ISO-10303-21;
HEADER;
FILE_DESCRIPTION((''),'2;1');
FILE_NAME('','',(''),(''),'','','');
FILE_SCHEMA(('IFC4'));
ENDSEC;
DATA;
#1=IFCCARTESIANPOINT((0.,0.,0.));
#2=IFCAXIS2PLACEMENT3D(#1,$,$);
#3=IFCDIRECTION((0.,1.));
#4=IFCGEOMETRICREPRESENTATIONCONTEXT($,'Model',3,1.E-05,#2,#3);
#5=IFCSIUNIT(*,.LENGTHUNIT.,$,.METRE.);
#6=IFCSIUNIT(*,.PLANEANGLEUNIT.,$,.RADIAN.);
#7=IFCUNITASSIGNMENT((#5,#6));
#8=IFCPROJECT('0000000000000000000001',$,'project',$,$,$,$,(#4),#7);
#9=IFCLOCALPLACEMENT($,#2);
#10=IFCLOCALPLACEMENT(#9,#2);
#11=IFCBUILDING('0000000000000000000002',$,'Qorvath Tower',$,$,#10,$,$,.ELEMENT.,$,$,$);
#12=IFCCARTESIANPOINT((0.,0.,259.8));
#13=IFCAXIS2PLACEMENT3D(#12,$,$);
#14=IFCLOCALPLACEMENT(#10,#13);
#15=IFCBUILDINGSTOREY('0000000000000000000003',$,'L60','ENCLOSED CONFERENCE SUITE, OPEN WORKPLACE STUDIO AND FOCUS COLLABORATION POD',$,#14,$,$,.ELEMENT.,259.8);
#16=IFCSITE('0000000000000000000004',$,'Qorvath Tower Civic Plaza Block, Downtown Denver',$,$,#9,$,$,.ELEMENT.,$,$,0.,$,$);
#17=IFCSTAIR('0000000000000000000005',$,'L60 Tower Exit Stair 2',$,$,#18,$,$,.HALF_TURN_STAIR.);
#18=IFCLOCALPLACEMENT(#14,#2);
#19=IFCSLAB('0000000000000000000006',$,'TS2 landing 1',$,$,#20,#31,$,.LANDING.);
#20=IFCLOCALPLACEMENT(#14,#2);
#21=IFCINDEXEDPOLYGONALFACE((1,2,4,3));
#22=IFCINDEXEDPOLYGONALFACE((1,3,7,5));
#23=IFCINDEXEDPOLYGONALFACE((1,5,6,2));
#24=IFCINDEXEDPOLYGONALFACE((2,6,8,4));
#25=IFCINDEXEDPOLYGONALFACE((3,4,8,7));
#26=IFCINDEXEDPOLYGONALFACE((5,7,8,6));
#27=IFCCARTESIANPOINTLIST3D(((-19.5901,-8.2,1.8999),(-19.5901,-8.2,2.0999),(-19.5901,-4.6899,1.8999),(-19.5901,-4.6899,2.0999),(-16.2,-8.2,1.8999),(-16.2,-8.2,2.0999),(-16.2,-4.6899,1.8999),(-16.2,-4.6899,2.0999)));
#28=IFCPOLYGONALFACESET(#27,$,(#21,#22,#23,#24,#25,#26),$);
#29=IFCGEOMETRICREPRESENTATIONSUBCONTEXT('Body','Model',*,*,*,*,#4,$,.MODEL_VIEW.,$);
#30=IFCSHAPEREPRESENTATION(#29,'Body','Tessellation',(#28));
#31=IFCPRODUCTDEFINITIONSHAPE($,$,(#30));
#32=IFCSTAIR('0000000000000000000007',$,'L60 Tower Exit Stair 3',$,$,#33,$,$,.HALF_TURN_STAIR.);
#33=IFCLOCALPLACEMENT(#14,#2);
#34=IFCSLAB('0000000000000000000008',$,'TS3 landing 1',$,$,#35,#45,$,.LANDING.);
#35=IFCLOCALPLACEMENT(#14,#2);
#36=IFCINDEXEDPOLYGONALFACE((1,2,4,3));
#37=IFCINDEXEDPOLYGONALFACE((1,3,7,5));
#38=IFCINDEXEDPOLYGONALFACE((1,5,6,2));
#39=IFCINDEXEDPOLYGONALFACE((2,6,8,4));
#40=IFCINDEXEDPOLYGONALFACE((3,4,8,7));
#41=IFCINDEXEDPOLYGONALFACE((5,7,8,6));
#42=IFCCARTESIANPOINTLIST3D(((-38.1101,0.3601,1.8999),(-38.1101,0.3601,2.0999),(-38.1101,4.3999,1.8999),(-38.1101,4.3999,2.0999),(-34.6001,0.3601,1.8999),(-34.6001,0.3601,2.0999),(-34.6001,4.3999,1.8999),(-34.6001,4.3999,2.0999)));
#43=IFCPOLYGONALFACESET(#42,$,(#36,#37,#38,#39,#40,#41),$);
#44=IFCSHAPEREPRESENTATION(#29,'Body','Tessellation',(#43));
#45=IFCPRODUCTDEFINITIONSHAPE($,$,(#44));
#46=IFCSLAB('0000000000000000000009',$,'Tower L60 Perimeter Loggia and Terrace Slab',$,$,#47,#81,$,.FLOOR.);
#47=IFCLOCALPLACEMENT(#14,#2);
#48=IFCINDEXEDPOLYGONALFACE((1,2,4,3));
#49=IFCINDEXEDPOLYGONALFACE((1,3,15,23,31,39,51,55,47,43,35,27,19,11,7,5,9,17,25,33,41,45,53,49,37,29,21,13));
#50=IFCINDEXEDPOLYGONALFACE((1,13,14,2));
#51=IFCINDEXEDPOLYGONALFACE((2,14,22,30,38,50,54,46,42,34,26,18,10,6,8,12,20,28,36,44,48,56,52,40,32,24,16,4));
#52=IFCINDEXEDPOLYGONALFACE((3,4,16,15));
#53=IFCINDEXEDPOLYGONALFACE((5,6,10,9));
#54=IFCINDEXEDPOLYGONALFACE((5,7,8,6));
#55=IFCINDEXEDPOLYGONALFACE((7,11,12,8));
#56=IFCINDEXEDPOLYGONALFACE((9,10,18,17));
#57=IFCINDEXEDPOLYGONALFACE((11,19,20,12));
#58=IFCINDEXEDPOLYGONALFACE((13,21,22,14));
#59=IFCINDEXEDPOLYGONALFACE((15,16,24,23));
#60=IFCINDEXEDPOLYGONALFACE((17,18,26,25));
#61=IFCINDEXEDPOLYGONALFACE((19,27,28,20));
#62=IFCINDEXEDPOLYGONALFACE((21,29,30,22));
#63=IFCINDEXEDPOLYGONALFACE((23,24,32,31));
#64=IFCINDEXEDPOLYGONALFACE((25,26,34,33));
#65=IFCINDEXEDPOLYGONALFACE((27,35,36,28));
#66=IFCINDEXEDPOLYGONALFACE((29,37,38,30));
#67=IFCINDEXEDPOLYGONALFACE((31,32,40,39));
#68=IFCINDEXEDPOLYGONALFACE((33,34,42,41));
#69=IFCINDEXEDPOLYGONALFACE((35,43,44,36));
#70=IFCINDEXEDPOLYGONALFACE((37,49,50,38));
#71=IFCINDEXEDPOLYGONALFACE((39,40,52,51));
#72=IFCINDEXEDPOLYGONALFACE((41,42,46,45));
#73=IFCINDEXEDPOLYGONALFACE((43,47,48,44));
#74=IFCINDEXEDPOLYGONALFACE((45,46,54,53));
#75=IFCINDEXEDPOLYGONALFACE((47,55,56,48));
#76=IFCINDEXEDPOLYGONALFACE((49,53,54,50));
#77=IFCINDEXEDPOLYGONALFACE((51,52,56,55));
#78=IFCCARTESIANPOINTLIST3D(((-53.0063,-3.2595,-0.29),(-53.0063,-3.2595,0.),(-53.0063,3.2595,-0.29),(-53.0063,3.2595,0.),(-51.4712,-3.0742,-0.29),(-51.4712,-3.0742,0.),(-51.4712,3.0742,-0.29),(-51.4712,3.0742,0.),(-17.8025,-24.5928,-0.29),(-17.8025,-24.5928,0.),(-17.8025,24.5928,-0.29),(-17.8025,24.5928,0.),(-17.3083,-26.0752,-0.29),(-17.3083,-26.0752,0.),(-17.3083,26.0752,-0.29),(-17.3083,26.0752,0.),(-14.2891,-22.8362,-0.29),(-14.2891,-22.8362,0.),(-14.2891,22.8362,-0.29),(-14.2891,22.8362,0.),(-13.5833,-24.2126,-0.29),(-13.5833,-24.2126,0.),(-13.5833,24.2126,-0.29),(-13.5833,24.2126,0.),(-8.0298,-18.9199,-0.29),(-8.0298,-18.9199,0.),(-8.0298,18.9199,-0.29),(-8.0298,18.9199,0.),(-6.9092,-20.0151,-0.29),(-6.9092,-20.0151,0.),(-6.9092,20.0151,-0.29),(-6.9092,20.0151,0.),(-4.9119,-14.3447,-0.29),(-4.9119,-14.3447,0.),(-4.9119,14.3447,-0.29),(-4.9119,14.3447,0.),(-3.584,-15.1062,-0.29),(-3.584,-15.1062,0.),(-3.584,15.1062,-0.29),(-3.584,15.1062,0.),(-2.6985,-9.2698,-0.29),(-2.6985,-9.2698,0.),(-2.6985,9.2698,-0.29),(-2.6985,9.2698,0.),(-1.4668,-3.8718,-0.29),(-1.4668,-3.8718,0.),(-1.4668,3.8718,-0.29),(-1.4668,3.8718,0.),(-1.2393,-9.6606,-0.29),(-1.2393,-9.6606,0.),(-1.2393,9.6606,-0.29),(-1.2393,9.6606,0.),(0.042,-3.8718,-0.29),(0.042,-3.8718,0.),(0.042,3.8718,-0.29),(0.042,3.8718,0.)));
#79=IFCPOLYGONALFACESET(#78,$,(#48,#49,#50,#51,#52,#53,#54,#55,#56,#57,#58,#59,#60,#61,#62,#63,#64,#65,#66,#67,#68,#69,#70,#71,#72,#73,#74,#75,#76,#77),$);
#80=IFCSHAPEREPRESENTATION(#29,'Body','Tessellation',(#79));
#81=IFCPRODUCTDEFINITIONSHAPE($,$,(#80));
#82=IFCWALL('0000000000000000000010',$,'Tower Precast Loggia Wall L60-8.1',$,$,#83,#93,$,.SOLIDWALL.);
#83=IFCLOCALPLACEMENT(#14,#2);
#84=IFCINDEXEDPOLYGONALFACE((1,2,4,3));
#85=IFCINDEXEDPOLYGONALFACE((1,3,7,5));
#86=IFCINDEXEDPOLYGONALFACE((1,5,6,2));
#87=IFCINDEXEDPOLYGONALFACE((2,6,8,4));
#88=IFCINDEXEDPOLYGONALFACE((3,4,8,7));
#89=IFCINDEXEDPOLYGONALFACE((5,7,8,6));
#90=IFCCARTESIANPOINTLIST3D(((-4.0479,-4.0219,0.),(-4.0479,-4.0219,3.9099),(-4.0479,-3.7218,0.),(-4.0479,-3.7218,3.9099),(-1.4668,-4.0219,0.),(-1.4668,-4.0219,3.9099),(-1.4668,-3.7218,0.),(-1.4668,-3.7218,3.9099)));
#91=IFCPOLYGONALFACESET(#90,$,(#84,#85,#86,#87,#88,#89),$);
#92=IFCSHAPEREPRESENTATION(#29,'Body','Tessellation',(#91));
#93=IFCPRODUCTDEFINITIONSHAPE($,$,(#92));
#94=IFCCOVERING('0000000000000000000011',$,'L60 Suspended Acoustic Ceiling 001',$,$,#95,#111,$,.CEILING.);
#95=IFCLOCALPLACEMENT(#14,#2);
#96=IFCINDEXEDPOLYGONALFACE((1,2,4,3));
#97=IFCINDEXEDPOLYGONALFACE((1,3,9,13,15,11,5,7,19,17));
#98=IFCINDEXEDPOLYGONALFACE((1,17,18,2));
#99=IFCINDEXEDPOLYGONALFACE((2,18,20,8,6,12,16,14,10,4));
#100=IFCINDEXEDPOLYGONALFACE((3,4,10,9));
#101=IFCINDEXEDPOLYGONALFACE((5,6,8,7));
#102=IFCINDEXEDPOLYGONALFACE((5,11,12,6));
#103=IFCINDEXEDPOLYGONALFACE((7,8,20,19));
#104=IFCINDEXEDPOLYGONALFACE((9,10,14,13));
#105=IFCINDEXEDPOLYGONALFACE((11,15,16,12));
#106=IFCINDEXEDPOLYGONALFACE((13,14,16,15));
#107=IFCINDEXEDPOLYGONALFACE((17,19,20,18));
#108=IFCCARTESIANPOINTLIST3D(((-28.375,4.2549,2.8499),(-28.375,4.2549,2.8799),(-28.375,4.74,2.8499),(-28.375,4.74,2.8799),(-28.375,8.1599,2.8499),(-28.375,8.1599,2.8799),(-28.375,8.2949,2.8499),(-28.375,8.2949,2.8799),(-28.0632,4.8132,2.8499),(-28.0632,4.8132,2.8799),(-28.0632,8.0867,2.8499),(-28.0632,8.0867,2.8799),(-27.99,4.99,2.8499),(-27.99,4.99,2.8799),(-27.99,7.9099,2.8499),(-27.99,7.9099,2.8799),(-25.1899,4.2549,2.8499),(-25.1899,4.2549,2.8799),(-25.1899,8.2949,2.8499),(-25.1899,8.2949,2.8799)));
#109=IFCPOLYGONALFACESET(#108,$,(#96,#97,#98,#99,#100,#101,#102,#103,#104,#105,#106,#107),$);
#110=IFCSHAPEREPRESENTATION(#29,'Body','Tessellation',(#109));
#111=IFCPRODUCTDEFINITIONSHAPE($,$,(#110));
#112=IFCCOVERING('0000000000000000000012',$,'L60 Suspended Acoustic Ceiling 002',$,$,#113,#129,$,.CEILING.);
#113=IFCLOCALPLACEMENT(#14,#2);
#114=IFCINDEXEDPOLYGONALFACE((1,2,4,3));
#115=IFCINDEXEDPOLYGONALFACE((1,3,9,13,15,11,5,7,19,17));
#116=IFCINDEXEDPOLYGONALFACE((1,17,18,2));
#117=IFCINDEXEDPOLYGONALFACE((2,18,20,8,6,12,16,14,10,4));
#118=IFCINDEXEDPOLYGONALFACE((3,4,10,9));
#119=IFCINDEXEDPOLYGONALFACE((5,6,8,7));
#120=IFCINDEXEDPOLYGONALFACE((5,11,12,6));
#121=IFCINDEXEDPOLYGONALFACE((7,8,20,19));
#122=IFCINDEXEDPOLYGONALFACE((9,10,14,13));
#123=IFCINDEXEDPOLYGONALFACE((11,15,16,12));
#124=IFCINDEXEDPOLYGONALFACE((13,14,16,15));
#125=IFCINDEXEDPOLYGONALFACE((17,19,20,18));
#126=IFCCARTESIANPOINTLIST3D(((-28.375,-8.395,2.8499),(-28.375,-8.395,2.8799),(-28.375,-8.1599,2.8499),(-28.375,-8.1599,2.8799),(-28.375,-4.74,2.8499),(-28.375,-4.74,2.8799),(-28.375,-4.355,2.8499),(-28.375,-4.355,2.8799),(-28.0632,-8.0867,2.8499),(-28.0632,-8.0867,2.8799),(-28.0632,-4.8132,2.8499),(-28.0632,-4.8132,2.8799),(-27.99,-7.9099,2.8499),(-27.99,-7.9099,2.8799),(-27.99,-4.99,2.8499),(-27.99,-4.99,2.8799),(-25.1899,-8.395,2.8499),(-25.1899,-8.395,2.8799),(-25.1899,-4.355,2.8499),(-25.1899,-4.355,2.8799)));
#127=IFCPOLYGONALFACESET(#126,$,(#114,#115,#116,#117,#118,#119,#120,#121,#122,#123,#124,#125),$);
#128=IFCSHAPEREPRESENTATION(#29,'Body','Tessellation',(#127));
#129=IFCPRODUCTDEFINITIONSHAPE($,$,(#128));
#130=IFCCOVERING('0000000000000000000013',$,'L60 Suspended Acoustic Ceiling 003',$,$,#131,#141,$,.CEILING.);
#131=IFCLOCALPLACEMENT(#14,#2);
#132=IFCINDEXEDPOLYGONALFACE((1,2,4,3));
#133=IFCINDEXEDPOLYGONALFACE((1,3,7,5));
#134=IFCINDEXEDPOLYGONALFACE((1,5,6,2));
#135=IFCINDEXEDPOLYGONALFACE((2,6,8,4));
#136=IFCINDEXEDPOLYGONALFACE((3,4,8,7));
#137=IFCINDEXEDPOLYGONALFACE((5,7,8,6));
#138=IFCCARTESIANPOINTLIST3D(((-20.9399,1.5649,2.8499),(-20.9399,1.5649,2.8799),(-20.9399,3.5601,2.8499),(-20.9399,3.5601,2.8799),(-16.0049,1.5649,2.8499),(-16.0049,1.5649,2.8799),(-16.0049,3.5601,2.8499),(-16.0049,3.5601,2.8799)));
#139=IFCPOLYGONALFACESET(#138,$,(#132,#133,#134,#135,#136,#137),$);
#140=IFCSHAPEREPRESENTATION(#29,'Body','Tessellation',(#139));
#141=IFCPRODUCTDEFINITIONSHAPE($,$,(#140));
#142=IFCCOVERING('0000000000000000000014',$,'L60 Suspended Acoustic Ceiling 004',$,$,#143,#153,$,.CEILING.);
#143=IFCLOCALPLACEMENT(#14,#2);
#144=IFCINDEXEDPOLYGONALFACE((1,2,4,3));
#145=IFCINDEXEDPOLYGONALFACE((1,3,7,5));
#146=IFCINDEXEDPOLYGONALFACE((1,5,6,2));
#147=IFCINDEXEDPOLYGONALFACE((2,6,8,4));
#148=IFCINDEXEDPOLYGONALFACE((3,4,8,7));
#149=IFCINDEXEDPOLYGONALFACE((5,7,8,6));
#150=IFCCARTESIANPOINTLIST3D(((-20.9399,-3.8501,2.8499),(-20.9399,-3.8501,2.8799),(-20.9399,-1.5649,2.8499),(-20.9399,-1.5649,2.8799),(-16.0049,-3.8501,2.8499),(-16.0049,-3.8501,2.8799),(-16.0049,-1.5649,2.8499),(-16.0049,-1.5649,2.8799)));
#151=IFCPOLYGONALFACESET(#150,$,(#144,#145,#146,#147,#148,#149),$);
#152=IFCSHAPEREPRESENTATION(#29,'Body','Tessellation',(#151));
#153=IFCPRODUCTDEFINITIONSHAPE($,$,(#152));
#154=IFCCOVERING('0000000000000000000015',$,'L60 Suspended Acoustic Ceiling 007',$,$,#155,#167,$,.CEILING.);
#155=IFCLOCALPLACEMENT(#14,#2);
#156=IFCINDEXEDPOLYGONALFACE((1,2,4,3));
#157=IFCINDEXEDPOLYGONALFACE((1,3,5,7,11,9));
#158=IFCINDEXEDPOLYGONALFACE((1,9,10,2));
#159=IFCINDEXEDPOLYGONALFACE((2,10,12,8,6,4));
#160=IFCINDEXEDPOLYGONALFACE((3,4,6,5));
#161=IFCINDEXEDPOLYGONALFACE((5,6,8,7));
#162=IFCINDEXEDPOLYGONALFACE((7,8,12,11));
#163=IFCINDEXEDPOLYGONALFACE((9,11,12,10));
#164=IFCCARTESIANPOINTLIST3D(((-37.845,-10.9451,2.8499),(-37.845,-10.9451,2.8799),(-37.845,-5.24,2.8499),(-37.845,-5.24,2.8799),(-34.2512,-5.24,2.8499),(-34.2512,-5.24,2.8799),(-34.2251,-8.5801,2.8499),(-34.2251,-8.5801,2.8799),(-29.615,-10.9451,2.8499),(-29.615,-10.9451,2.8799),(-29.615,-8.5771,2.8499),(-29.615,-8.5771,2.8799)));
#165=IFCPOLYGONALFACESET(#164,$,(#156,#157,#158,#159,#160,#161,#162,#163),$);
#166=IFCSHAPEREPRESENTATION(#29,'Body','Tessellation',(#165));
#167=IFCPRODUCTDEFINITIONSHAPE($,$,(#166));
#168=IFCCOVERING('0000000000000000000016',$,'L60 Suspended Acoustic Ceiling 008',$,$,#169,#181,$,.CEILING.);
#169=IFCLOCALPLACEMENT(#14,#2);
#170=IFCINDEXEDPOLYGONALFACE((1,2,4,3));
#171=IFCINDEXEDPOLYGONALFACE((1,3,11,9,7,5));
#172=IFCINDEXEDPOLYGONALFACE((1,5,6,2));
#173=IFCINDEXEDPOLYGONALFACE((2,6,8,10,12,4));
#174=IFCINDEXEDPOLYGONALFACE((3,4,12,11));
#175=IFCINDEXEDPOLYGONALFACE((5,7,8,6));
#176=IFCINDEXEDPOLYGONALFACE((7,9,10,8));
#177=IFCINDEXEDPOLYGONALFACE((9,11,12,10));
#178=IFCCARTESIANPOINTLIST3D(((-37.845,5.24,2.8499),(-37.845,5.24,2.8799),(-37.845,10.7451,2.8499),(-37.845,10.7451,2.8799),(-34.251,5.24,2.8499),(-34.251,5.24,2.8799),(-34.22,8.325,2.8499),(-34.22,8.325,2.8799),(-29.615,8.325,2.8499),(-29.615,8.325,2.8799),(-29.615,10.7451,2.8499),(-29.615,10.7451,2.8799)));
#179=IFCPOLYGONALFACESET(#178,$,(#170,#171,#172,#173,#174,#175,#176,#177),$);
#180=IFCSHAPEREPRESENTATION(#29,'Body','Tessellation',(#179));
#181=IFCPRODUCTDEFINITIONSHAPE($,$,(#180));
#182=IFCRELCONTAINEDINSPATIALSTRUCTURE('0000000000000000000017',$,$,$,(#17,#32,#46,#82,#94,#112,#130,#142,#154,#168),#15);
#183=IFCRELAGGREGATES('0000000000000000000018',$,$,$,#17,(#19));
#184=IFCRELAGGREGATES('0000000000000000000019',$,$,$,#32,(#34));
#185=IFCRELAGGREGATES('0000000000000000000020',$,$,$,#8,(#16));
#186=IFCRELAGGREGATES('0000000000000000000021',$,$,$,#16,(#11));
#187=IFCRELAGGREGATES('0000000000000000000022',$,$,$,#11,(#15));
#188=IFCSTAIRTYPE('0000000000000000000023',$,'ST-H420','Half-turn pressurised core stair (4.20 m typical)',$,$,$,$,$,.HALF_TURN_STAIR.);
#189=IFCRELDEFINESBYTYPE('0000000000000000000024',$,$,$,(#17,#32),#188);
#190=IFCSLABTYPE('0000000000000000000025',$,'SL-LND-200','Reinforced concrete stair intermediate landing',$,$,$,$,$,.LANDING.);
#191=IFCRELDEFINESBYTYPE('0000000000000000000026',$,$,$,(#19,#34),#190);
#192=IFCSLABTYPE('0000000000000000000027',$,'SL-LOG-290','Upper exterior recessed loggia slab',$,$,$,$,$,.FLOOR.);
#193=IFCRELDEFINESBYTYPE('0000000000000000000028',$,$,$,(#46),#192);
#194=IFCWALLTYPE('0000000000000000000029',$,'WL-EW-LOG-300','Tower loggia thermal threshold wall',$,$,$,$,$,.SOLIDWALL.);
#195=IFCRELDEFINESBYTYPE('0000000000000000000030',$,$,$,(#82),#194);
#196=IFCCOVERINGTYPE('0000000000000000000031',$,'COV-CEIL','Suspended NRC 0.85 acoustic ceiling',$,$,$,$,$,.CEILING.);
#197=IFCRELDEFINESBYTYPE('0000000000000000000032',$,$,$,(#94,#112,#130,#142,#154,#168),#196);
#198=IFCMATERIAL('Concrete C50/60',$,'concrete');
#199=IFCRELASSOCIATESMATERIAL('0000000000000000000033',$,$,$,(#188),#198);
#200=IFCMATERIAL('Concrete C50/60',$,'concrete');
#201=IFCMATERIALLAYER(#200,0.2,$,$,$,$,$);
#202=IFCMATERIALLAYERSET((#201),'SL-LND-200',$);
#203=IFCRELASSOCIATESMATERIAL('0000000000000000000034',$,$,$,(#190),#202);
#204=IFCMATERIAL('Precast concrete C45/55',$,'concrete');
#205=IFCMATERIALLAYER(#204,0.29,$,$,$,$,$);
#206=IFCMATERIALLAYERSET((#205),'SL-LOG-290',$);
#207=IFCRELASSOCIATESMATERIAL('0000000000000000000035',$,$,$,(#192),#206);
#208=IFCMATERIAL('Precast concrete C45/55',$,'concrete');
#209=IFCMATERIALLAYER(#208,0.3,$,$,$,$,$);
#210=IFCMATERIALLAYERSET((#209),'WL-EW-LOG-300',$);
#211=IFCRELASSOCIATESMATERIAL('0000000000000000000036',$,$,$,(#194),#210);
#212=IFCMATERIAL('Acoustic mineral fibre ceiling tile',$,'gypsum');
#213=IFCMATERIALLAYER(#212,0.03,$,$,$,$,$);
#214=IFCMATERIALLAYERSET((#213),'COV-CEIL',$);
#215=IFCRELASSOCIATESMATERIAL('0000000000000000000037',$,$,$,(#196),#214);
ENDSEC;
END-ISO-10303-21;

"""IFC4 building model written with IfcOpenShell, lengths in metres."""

from ifc_helpers import new_model, si_unit, direction, frame, frame_2d, origin, place, context, subcontext, project, spatial, polyline, rectangle, outline, extrude, material, layer, layer_set, type_object, element, aggregate, save


model = new_model("IFC4")

# Units and contexts
model_context = context("Model", 3, precision=1e-05, world=origin(), true_north=direction((0.0, 1.0)))
body_context = subcontext(model_context, "Body", "Model", "MODEL_VIEW")
ifc_project = project(units=[si_unit("LENGTHUNIT", "METRE"), si_unit("PLANEANGLEUNIT", "RADIAN")], contexts=[model_context])

# Site, building, storey
site_placement = place(None, origin())
site = spatial("IfcSite", under=ifc_project, at=site_placement, Name="Qorvath Tower Civic Plaza Block, Downtown Denver", CompositionType="ELEMENT", RefElevation=0.0)
building_placement = place(site_placement, origin())
building = spatial("IfcBuilding", under=site, at=building_placement, Name="Qorvath Tower", CompositionType="ELEMENT")
storey_placement = place(building_placement, frame((0.0, 0.0, 259.8)))
storey = spatial("IfcBuildingStorey", under=building, at=storey_placement, Name="L60", Description="ENCLOSED CONFERENCE SUITE, OPEN WORKPLACE STUDIO AND FOCUS COLLABORATION POD", CompositionType="ELEMENT", Elevation=259.8)

# Stairs, slabs
ifc_material_1 = material(Name="Concrete C50/60", Category="concrete")
stair_type = type_object("IfcStairType", Name="ST-H420", Description="Half-turn pressurised core stair (4.20 m typical)", PredefinedType="HALF_TURN_STAIR", material=ifc_material_1)
ifc_material_2 = material(Name="Concrete C50/60", Category="concrete")
ifc_layer_1 = layer(ifc_material_2, 0.2)
ifc_layer_set_1 = layer_set([ifc_layer_1], Name="SL-LND-200")
slab_type_1 = type_object("IfcSlabType", Name="SL-LND-200", Description="Reinforced concrete stair intermediate landing", PredefinedType="LANDING", material=ifc_layer_set_1)
stair_1_placement = place(storey_placement, origin())
stair_1 = element("IfcStair", 1, at=stair_1_placement, inside=storey, type_object=stair_type, Name="L60 Tower Exit Stair 2", PredefinedType="HALF_TURN_STAIR")
slab_1_placement = place(storey_placement, frame((0.0, 0.0, 1.8999)))
slab_1 = element("IfcSlab", 2, at=slab_1_placement, type_object=slab_type_1, Name="TS2 landing 1", PredefinedType="LANDING", context=body_context, shape_type="SweptSolid", body=[
    extrude(outline(polyline([(-19.5901, -8.2), (-16.2, -8.2), (-16.2, -4.6899), (-19.5901, -4.6899), (-19.5901, -8.2)])), origin(), (0.0, 0.0, 1.0), 0.2),
])
aggregate(stair_1, [slab_1])
stair_2_placement = place(storey_placement, origin())
stair_2 = element("IfcStair", 3, at=stair_2_placement, inside=storey, type_object=stair_type, Name="L60 Tower Exit Stair 3", PredefinedType="HALF_TURN_STAIR")
slab_2_placement = place(storey_placement, frame((0.0, 0.0, 1.8999)))
slab_2 = element("IfcSlab", 4, at=slab_2_placement, type_object=slab_type_1, Name="TS3 landing 1", PredefinedType="LANDING", context=body_context, shape_type="SweptSolid", body=[
    extrude(outline(polyline([(-34.6001, 0.3601), (-34.6001, 4.3999), (-38.1101, 4.3999), (-38.1101, 0.3601), (-34.6001, 0.3601)])), origin(), (0.0, 0.0, 1.0), 0.2),
])
aggregate(stair_2, [slab_2])

# Slab
ifc_material_3 = material(Name="Precast concrete C45/55", Category="concrete")
ifc_layer_2 = layer(ifc_material_3, 0.29)
ifc_layer_set_2 = layer_set([ifc_layer_2], Name="SL-LOG-290")
slab_type_2 = type_object("IfcSlabType", Name="SL-LOG-290", Description="Upper exterior recessed loggia slab", PredefinedType="FLOOR", material=ifc_layer_set_2)
slab_3_placement = place(storey_placement, frame((0.0, 0.0, -0.29)))
element("IfcSlab", 5, at=slab_3_placement, inside=storey, type_object=slab_type_2, Name="Tower L60 Perimeter Loggia and Terrace Slab", PredefinedType="FLOOR", context=body_context, shape_type="SweptSolid", body=[
    extrude(outline(polyline([(-13.5833, 24.2126), (-17.3083, 26.0752), (-53.0063, 3.2595), (-53.0063, -3.2595), (-17.3083, -26.0752), (-13.5833, -24.2126), (-6.9092, -20.0151), (-3.584, -15.1062), (-1.2393, -9.6606), (0.042, -3.8718), (-1.4668, -3.8718), (-2.6985, -9.2698), (-4.9119, -14.3447), (-8.0298, -18.9199), (-14.2891, -22.8362), (-17.8025, -24.5928), (-51.4712, -3.0742), (-51.4712, 3.0742), (-17.8025, 24.5928), (-14.2891, 22.8362), (-8.0298, 18.9199), (-4.9119, 14.3447), (-2.6985, 9.2698), (-1.4668, 3.8718), (0.042, 3.8718), (-1.2393, 9.6606), (-3.584, 15.1062), (-6.9092, 20.0151), (-13.5833, 24.2126)])), origin(), (0.0, 0.0, 1.0), 0.29),
])

# Wall
ifc_material_4 = material(Name="Precast concrete C45/55", Category="concrete")
ifc_layer_3 = layer(ifc_material_4, 0.3)
ifc_layer_set_3 = layer_set([ifc_layer_3], Name="WL-EW-LOG-300")
wall_type = type_object("IfcWallType", Name="WL-EW-LOG-300", Description="Tower loggia thermal threshold wall", PredefinedType="SOLIDWALL", material=ifc_layer_set_3)
wall_placement = place(storey_placement, frame((-1.4668, -3.8718, 0.0), z_axis=(0.0, 0.0, 1.0), x_axis=(-1.0, 0.0, 0.0)))
element("IfcWall", 6, at=wall_placement, inside=storey, type_object=wall_type, Name="Tower Precast Loggia Wall L60-8.1", PredefinedType="SOLIDWALL", context=body_context, shape_type="SweptSolid", body=[
    extrude(rectangle(XDim=2.5811, YDim=0.3, at=frame_2d((1.2905, 0.0))), origin(), (0.0, 0.0, 1.0), 3.9099),
])

# Coverings
ifc_material_5 = material(Name="Acoustic mineral fibre ceiling tile", Category="gypsum")
ifc_layer_4 = layer(ifc_material_5, 0.03)
ifc_layer_set_4 = layer_set([ifc_layer_4], Name="COV-CEIL")
covering_type_1 = type_object("IfcCoveringType", Name="COV-CEIL", Description="Suspended NRC 0.85 acoustic ceiling", PredefinedType="CEILING", material=ifc_layer_set_4)
covering_1_placement = place(storey_placement, frame((0.0, 0.0, 2.8499)))
element("IfcCovering", 7, at=covering_1_placement, inside=storey, type_object=covering_type_1, Name="L60 Suspended Acoustic Ceiling 001", PredefinedType="CEILING", context=body_context, shape_type="SweptSolid", body=[
    extrude(outline(polyline([(-25.1899, 4.2549), (-25.1899, 8.2949), (-28.375, 8.2949), (-28.375, 8.1599), (-28.0632, 8.0867), (-27.99, 7.9099), (-27.99, 4.99), (-28.0632, 4.8132), (-28.375, 4.74), (-28.375, 4.2549), (-25.1899, 4.2549)])), origin(), (0.0, 0.0, 1.0), 0.03),
])
covering_2_placement = place(storey_placement, frame((0.0, 0.0, 2.8499)))
element("IfcCovering", 8, at=covering_2_placement, inside=storey, type_object=covering_type_1, Name="L60 Suspended Acoustic Ceiling 002", PredefinedType="CEILING", context=body_context, shape_type="SweptSolid", body=[
    extrude(outline(polyline([(-25.1899, -8.395), (-25.1899, -4.355), (-28.375, -4.355), (-28.375, -4.74), (-28.0632, -4.8132), (-27.99, -4.99), (-27.99, -7.9099), (-28.0632, -8.0867), (-28.375, -8.1599), (-28.375, -8.395), (-25.1899, -8.395)])), origin(), (0.0, 0.0, 1.0), 0.03),
])
covering_3_placement = place(storey_placement, frame((0.0, 0.0, 2.8499)))
element("IfcCovering", 9, at=covering_3_placement, inside=storey, type_object=covering_type_1, Name="L60 Suspended Acoustic Ceiling 003", PredefinedType="CEILING", context=body_context, shape_type="SweptSolid", body=[
    extrude(outline(polyline([(-16.0049, 3.5601), (-20.9399, 3.5601), (-20.9399, 1.5649), (-16.0049, 1.5649), (-16.0049, 3.5601)])), origin(), (0.0, 0.0, 1.0), 0.03),
])
covering_4_placement = place(storey_placement, frame((0.0, 0.0, 2.8499)))
element("IfcCovering", 10, at=covering_4_placement, inside=storey, type_object=covering_type_1, Name="L60 Suspended Acoustic Ceiling 004", PredefinedType="CEILING", context=body_context, shape_type="SweptSolid", body=[
    extrude(outline(polyline([(-20.9399, -1.5649), (-20.9399, -3.8501), (-16.0049, -3.8501), (-16.0049, -1.5649), (-20.9399, -1.5649)])), origin(), (0.0, 0.0, 1.0), 0.03),
])
covering_5_placement = place(storey_placement, frame((0.0, 0.0, 2.8499)))
element("IfcCovering", 11, at=covering_5_placement, inside=storey, type_object=covering_type_1, Name="L60 Suspended Acoustic Ceiling 007", PredefinedType="CEILING", context=body_context, shape_type="SweptSolid", body=[
    extrude(outline(polyline([(-34.2251, -8.5801), (-34.2512, -5.24), (-37.845, -5.24), (-37.845, -10.9451), (-29.615, -10.9451), (-29.615, -8.5771), (-34.2251, -8.5801)])), origin(), (0.0, 0.0, 1.0), 0.03),
])
covering_6_placement = place(storey_placement, frame((0.0, 0.0, 2.8499)))
element("IfcCovering", 12, at=covering_6_placement, inside=storey, type_object=covering_type_1, Name="L60 Suspended Acoustic Ceiling 008", PredefinedType="CEILING", context=body_context, shape_type="SweptSolid", body=[
    extrude(outline(polyline([(-29.615, 8.325), (-29.615, 10.7451), (-37.845, 10.7451), (-37.845, 5.24), (-34.251, 5.24), (-34.22, 8.325), (-29.615, 8.325)])), origin(), (0.0, 0.0, 1.0), 0.03),
])

save(model, "model.ifc")
